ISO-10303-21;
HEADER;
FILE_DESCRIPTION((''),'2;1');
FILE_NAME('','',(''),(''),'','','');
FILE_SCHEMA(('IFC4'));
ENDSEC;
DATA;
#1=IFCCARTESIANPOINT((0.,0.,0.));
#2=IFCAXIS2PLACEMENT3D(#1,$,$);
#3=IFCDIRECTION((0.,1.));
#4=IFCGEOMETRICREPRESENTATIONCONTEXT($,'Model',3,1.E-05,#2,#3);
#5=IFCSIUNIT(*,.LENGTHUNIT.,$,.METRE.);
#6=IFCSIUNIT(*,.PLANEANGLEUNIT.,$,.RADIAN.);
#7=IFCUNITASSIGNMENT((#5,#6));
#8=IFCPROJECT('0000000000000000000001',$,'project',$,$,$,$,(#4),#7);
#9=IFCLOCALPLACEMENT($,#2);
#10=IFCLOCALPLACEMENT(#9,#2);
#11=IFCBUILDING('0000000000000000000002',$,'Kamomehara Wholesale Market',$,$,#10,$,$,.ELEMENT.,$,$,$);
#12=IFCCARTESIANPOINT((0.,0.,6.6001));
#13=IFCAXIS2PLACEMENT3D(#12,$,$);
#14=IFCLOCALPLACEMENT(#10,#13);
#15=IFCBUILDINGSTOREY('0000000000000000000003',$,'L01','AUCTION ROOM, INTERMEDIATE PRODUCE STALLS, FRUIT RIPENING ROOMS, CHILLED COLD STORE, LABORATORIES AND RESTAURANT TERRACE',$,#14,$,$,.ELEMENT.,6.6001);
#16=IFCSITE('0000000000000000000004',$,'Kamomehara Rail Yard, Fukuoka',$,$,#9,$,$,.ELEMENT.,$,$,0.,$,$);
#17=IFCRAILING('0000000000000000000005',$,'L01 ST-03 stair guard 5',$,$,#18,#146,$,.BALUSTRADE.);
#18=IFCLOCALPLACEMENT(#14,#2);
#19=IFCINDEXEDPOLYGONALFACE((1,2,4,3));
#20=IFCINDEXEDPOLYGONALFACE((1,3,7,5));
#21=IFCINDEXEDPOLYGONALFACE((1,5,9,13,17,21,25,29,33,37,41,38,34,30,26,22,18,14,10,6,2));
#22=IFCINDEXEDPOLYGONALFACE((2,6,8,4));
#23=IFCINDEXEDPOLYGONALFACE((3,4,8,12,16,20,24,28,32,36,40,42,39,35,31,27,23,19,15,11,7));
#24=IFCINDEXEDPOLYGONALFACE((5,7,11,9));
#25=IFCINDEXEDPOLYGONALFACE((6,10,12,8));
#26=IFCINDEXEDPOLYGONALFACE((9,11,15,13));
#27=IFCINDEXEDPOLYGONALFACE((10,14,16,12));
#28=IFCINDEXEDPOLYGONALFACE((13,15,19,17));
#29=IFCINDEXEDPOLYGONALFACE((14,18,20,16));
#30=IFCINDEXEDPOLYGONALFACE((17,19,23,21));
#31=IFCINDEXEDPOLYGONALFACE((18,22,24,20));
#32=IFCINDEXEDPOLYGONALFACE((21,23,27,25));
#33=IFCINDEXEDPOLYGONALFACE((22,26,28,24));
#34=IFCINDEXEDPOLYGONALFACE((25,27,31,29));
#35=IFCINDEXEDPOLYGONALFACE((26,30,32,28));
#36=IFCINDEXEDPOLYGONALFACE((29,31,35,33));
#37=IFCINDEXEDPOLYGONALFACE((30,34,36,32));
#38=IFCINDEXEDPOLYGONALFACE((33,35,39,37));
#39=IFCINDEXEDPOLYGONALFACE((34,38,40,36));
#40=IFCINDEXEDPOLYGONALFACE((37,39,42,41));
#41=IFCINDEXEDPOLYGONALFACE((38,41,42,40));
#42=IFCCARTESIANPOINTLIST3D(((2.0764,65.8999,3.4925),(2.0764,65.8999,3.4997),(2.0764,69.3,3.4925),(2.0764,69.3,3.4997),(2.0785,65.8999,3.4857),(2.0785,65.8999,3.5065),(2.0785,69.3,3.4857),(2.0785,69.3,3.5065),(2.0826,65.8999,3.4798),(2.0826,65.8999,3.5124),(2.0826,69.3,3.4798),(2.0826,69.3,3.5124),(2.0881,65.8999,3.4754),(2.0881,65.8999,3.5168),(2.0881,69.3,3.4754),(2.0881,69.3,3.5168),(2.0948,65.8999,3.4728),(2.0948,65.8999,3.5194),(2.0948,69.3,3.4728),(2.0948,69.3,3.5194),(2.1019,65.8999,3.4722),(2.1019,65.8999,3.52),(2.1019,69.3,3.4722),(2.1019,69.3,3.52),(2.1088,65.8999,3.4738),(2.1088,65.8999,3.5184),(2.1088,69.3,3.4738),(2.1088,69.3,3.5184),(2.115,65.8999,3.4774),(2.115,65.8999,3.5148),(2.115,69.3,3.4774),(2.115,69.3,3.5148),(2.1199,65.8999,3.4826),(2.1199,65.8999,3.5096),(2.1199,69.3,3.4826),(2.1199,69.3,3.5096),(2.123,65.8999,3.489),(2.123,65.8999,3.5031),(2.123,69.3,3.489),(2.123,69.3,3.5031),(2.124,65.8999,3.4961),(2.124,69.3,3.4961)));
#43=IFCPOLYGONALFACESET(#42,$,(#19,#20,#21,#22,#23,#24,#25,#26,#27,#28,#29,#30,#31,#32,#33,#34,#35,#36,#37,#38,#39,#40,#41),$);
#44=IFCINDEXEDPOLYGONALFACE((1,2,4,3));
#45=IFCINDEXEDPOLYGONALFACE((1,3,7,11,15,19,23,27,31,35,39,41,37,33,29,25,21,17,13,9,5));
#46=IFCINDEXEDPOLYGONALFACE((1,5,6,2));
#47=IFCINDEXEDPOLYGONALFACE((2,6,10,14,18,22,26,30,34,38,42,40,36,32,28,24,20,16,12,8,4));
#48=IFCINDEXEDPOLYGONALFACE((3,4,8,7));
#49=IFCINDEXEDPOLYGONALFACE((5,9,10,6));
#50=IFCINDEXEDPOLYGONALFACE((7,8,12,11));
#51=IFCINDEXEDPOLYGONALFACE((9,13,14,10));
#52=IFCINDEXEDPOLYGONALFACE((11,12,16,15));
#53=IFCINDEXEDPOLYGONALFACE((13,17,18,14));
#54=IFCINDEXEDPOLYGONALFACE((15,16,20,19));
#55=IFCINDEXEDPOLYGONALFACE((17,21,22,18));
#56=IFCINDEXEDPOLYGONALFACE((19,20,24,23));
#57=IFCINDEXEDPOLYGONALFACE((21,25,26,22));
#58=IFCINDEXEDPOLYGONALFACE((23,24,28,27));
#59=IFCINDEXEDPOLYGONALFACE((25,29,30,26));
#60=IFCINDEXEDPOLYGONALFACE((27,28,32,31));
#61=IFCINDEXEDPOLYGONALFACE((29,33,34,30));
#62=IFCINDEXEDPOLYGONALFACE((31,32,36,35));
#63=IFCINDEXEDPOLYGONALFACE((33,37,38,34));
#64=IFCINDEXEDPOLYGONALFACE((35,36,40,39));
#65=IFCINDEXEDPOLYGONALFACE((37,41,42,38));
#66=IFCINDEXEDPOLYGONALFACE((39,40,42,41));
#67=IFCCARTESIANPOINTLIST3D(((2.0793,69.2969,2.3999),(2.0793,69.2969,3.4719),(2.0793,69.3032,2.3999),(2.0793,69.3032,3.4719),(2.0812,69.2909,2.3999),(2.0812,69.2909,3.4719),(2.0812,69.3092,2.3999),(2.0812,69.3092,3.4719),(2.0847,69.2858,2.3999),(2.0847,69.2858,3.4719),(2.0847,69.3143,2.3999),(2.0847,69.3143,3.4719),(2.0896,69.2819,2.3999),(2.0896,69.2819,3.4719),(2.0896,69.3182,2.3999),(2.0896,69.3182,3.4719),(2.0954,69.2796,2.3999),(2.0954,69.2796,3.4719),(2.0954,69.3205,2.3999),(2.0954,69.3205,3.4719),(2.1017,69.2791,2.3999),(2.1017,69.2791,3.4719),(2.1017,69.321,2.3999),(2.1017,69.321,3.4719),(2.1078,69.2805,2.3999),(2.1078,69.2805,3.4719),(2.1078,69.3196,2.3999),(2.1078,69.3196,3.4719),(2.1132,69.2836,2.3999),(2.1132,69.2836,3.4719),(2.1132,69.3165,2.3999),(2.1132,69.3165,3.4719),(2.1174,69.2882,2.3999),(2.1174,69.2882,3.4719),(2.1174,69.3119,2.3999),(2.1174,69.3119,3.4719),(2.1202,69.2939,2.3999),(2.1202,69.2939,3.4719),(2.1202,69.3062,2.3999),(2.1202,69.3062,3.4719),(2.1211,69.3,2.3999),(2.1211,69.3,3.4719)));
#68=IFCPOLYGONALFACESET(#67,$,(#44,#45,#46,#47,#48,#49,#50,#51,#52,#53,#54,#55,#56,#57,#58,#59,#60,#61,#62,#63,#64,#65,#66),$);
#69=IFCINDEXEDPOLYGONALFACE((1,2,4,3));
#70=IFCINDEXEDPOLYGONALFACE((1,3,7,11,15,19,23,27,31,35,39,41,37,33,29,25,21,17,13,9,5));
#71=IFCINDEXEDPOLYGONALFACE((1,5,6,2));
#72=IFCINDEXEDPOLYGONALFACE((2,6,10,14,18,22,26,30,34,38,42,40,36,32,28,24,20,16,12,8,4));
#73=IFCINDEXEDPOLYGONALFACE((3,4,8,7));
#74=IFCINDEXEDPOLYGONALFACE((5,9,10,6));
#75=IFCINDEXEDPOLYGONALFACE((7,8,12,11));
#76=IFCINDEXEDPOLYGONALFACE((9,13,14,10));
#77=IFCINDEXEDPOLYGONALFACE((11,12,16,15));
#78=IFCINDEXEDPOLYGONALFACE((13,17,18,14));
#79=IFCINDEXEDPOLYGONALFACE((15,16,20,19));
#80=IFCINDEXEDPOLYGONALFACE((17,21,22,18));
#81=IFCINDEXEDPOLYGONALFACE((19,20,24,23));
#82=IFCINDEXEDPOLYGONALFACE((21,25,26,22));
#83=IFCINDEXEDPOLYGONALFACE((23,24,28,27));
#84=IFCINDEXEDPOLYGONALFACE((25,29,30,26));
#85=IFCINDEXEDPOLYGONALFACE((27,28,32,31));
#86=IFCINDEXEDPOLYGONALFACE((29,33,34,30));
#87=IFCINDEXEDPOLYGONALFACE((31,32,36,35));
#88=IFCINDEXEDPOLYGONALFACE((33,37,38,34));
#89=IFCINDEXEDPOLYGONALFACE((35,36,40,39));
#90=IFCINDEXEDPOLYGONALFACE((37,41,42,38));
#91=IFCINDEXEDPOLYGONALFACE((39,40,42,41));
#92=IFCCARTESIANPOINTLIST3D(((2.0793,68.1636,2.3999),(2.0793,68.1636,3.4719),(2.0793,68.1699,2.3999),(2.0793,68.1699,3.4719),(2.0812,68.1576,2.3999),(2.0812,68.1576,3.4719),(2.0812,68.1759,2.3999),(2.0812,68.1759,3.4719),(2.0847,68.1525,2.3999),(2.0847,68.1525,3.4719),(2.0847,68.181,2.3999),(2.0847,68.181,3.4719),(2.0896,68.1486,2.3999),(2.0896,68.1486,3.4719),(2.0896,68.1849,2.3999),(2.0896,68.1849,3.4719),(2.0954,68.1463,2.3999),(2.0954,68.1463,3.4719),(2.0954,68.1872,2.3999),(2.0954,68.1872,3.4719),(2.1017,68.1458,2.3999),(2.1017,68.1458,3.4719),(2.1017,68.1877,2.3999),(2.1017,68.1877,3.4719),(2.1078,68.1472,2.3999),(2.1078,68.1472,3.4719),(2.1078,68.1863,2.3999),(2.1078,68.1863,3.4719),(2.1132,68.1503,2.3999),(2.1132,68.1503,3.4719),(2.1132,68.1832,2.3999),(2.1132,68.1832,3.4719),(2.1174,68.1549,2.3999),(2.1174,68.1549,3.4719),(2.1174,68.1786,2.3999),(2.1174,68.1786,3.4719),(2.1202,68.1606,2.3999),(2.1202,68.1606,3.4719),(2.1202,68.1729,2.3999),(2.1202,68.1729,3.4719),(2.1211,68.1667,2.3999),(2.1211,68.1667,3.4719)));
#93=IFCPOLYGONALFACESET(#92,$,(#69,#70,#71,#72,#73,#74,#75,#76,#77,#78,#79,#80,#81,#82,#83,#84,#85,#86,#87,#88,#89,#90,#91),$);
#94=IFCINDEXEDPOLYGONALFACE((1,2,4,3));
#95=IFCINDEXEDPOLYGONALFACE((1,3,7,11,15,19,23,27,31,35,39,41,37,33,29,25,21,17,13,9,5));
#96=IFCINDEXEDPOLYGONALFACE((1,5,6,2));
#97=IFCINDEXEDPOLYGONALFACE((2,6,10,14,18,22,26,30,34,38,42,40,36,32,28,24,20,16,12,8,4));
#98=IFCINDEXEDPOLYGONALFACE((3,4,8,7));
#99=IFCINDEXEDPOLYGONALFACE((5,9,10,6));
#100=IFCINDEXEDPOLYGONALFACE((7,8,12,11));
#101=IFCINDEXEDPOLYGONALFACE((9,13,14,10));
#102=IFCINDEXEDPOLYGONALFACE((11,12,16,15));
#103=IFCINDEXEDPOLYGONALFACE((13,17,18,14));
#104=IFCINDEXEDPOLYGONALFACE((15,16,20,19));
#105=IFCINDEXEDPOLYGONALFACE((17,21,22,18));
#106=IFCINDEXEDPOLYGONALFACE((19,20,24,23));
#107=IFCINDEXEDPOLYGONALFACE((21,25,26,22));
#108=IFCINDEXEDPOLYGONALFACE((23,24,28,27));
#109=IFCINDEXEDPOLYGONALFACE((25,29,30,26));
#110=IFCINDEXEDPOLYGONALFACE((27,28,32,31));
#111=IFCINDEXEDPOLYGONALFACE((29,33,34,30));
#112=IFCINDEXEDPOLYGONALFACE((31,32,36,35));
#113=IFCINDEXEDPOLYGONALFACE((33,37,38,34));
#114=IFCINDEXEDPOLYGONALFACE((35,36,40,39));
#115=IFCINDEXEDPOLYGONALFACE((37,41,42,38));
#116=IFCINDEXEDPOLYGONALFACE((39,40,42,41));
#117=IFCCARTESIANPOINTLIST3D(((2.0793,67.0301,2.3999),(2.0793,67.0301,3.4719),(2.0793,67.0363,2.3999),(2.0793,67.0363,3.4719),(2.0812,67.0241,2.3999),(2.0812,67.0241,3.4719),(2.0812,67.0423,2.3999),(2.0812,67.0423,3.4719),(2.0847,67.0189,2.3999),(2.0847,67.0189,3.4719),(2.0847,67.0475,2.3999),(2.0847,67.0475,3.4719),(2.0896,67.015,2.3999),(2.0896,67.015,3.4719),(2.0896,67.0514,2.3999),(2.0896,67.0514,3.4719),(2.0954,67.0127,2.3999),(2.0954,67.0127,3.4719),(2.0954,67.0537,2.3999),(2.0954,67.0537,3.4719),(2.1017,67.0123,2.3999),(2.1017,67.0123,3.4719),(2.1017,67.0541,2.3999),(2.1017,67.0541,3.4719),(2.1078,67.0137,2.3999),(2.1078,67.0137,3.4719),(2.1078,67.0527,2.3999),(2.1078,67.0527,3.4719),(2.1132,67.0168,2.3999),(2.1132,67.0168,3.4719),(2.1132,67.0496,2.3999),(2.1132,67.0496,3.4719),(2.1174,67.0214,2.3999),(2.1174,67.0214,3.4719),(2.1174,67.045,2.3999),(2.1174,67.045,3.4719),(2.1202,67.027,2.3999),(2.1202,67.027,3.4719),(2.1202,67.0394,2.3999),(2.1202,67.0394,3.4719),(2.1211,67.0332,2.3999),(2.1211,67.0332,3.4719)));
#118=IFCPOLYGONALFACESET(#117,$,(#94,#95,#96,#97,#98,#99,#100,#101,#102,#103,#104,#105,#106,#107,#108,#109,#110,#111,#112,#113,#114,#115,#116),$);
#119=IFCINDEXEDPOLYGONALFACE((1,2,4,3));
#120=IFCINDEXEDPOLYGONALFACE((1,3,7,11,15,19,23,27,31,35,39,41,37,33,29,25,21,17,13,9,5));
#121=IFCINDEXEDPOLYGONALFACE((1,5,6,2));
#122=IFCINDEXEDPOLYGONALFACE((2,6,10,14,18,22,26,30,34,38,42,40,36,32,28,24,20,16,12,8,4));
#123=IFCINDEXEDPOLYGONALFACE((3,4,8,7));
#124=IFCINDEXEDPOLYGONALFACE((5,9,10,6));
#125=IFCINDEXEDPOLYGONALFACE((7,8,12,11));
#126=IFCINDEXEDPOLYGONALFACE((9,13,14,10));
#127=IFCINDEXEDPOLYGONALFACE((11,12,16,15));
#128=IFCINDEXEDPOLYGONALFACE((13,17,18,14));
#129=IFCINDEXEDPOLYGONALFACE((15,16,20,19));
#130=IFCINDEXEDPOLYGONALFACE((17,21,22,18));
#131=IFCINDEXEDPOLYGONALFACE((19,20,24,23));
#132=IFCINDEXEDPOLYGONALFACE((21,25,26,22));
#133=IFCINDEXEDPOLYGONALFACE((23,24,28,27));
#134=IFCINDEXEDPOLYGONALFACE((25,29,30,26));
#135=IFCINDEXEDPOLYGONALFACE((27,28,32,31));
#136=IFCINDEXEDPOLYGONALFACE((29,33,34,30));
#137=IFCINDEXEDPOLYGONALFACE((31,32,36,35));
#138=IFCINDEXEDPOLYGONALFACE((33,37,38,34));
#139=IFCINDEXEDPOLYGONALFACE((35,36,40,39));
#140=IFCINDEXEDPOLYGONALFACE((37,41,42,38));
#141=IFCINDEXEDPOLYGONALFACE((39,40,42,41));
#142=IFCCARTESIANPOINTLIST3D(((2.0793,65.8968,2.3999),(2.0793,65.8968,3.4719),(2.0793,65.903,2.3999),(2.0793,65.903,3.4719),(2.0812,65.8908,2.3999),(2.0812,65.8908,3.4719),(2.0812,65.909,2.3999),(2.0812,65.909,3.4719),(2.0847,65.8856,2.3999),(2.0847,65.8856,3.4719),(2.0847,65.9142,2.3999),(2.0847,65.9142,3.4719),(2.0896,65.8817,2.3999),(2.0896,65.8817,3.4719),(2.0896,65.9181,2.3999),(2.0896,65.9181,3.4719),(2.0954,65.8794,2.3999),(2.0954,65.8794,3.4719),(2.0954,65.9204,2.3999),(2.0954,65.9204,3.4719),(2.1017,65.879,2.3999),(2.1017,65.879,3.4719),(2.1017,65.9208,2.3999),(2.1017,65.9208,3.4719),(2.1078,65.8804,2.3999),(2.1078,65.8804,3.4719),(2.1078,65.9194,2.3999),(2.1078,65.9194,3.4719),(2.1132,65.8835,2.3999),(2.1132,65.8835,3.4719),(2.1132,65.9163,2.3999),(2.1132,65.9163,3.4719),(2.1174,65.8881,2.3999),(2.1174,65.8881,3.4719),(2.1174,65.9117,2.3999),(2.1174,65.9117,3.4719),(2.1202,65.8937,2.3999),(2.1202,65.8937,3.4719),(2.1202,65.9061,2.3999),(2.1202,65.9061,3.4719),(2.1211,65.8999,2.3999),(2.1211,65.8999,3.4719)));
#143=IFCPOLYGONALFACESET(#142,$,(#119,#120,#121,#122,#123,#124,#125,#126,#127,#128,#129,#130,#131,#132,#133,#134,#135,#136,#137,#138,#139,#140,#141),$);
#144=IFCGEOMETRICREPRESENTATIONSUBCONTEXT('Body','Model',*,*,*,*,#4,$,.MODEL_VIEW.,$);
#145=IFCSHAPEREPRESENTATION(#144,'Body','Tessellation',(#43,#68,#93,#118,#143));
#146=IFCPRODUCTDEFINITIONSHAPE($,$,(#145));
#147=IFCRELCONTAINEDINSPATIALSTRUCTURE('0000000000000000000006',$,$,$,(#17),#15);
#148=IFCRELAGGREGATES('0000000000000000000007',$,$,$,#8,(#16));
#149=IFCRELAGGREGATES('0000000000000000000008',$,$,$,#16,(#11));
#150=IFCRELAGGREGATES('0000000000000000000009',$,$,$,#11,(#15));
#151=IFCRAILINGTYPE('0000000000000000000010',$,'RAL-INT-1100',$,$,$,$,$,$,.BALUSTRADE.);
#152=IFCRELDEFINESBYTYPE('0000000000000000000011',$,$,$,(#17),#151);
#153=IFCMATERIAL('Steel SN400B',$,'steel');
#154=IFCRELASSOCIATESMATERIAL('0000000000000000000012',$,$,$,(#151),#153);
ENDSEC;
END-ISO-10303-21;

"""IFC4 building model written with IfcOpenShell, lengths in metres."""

from ifc_helpers import new_model, si_unit, direction, frame, origin, origin_2d, place, context, subcontext, project, spatial, circle, extrude, material, type_object, element, save


model = new_model("IFC4")

# Units and contexts
model_context = context("Model", 3, precision=1e-05, world=origin(), true_north=direction((0.0, 1.0)))
body_context = subcontext(model_context, "Body", "Model", "MODEL_VIEW")
ifc_project = project(units=[si_unit("LENGTHUNIT", "METRE"), si_unit("PLANEANGLEUNIT", "RADIAN")], contexts=[model_context])

# Site, building, storey
site_placement = place(None, origin())
site = spatial("IfcSite", under=ifc_project, at=site_placement, Name="Kamomehara Rail Yard, Fukuoka", CompositionType="ELEMENT", RefElevation=0.0)
building_placement = place(site_placement, origin())
building = spatial("IfcBuilding", under=site, at=building_placement, Name="Kamomehara Wholesale Market", CompositionType="ELEMENT")
storey_placement = place(building_placement, frame((0.0, 0.0, 6.6001)))
storey = spatial("IfcBuildingStorey", under=building, at=storey_placement, Name="L01", Description="AUCTION ROOM, INTERMEDIATE PRODUCE STALLS, FRUIT RIPENING ROOMS, CHILLED COLD STORE, LABORATORIES AND RESTAURANT TERRACE", CompositionType="ELEMENT", Elevation=6.6001)

# Railing
ifc_material_1 = material(Name="Steel SN400B", Category="steel")
railing_type_1 = type_object("IfcRailingType", Name="RAL-INT-1100", PredefinedType="BALUSTRADE", material=ifc_material_1)
railing_1_placement = place(storey_placement, frame((2.1001, 69.3, 2.3999)))
element("IfcRailing", 1, at=railing_1_placement, inside=storey, type_object=railing_type_1, Name="L01 ST-03 stair guard 5", PredefinedType="BALUSTRADE", context=body_context, shape_type="SweptSolid", body=[
    extrude(circle(Radius=0.0239, at=origin_2d()), frame((0.0, 0.0, 1.0962), z_axis=(0.0, -1.0, 0.0), x_axis=(1.0, 0.0, 0.0)), (0.0, 0.0, 1.0), 3.4001),
    extrude(circle(Radius=0.021, at=origin_2d()), origin(), (0.0, 0.0, 1.0), 1.072),
    extrude(circle(Radius=0.021, at=origin_2d()), frame((0.0, -1.1333, 0.0)), (0.0, 0.0, 1.0), 1.072),
    extrude(circle(Radius=0.021, at=origin_2d()), frame((0.0, -2.2668, 0.0)), (0.0, 0.0, 1.0), 1.072),
    extrude(circle(Radius=0.021, at=origin_2d()), frame((0.0, -3.4001, 0.0)), (0.0, 0.0, 1.0), 1.072),
])

save(model, "model.ifc")
